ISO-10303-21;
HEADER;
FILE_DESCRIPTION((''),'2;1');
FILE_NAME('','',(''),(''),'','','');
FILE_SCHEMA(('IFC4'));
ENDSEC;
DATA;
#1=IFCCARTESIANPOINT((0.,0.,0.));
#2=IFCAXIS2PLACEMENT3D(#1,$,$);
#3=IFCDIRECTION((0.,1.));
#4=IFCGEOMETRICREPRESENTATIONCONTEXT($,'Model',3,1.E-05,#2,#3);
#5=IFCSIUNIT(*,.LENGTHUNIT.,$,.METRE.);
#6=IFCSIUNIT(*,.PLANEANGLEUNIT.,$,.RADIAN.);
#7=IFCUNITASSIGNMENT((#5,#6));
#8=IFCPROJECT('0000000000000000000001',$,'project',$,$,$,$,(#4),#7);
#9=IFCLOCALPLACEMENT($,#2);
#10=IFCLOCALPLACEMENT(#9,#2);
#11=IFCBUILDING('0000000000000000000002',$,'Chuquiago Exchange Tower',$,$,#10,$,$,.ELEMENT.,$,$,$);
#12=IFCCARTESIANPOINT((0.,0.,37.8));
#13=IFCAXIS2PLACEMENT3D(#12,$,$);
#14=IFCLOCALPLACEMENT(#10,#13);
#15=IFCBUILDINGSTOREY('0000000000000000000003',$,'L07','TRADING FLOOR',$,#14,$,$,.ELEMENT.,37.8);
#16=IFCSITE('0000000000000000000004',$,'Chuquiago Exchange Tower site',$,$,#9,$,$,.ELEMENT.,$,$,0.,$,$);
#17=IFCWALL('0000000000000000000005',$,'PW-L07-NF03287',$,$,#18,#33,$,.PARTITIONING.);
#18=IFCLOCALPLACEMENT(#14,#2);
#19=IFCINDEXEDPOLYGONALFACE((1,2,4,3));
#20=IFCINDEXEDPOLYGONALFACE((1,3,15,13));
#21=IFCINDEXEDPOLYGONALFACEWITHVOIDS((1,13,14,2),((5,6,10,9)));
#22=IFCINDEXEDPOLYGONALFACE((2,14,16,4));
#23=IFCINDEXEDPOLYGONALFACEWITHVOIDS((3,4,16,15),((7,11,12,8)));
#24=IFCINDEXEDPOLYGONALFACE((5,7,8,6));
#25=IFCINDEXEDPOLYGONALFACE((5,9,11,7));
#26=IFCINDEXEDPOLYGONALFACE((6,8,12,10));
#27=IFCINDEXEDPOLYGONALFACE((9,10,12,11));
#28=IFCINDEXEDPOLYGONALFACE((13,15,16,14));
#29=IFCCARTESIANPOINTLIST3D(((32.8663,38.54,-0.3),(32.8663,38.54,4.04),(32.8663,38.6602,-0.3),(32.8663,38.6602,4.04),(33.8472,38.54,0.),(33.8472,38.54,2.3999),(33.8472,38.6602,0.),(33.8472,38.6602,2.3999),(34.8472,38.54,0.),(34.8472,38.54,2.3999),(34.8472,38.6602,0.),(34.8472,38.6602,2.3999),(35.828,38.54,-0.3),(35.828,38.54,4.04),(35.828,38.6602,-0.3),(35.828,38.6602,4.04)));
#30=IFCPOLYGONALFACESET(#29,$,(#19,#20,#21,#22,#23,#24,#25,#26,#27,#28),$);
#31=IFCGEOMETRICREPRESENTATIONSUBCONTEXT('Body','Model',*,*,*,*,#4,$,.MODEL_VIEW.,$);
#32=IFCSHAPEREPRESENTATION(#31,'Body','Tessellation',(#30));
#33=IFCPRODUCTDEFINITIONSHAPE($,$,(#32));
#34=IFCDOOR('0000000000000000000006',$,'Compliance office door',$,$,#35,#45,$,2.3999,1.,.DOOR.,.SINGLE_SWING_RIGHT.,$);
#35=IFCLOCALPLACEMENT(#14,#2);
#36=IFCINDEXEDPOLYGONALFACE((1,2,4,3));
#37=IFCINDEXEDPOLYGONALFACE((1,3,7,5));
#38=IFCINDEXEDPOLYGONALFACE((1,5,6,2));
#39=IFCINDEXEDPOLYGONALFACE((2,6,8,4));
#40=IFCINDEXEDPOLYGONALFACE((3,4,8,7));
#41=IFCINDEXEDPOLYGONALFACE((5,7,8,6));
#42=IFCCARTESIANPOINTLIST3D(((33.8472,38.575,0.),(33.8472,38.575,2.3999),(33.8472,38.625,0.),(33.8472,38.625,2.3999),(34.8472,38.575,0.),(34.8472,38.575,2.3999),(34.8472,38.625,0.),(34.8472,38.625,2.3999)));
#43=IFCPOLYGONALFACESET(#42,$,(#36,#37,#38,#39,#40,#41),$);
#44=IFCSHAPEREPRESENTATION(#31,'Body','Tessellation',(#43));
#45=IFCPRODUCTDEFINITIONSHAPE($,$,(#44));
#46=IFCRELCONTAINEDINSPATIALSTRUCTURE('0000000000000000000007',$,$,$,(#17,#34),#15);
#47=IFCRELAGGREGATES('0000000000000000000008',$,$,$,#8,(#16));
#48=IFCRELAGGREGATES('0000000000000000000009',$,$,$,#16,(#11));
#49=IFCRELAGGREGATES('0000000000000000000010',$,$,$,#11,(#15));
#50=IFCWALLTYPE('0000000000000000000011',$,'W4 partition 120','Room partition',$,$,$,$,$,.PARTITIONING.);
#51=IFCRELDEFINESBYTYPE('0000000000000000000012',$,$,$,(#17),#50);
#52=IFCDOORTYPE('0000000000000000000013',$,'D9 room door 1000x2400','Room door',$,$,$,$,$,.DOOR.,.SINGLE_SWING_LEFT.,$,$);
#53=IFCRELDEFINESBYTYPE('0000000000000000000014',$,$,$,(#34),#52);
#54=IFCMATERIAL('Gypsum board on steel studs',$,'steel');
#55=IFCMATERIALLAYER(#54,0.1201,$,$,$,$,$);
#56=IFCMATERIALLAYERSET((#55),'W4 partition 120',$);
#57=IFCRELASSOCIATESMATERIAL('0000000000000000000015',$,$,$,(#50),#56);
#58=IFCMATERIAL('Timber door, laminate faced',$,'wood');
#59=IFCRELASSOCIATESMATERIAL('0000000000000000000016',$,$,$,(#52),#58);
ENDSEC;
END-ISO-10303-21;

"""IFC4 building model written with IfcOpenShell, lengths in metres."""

from ifc_helpers import new_model, si_unit, direction, frame, frame_2d, origin, place, context, subcontext, project, spatial, rectangle, extrude, material, layer, layer_set, type_object, element, fill, save


model = new_model("IFC4")

# Units and contexts
model_context = context("Model", 3, precision=1e-05, world=origin(), true_north=direction((0.0, 1.0)))
body_context = subcontext(model_context, "Body", "Model", "MODEL_VIEW")
ifc_project = project(units=[si_unit("LENGTHUNIT", "METRE"), si_unit("PLANEANGLEUNIT", "RADIAN")], contexts=[model_context])

# Site, building, storey
site_placement = place(None, origin())
site = spatial("IfcSite", under=ifc_project, at=site_placement, Name="Chuquiago Exchange Tower site", CompositionType="ELEMENT", RefElevation=0.0)
building_placement = place(site_placement, origin())
building = spatial("IfcBuilding", under=site, at=building_placement, Name="Chuquiago Exchange Tower", CompositionType="ELEMENT")
storey_placement = place(building_placement, frame((0.0, 0.0, 37.8)))
storey = spatial("IfcBuildingStorey", under=building, at=storey_placement, Name="L07", Description="TRADING FLOOR", CompositionType="ELEMENT", Elevation=37.8)

# Shared definitions
ifc_material_1 = material(Name="Gypsum board on steel studs", Category="steel")
ifc_layer_1 = layer(ifc_material_1, 0.1201)
ifc_layer_set_1 = layer_set([ifc_layer_1], Name="W4 partition 120")
wall_type_1 = type_object("IfcWallType", Name="W4 partition 120", Description="Room partition", PredefinedType="PARTITIONING", material=ifc_layer_set_1)

# Wall, opening, door
ifc_material_2 = material(Name="Timber door, laminate faced", Category="wood")
door_type = type_object("IfcDoorType", Name="D9 room door 1000x2400", Description="Room door", OperationType="SINGLE_SWING_LEFT", PredefinedType="DOOR", material=ifc_material_2)
wall_1_placement = place(storey_placement, frame((32.8662, 38.6001, -0.3), z_axis=(0.0, 0.0, 1.0), x_axis=(1.0, 0.0, 0.0)))
wall_1 = element("IfcWall", 1, at=wall_1_placement, inside=storey, type_object=wall_type_1, Name="PW-L07-NF03287", PredefinedType="PARTITIONING", context=body_context, shape_type="SweptSolid", body=[
    extrude(rectangle(XDim=2.9617, YDim=0.1201, at=frame_2d((1.481, 0.0))), origin(), (0.0, 0.0, 1.0), 4.3401),
])
opening_1_placement = place(wall_1_placement, frame((0.981, 0.0, 0.3)))
opening_1 = element("IfcOpeningElement", 2, at=opening_1_placement, cuts=wall_1, PredefinedType="OPENING", context=body_context, shape_type="SweptSolid", body=[
    extrude(rectangle(XDim=1.0, YDim=2.3999, at=frame_2d((0.5, 1.2))), frame((0.0, 0.0701, 0.0), z_axis=(0.0, -1.0, 0.0), x_axis=(1.0, 0.0, 0.0)), (0.0, 0.0, 1.0), 0.1401),
])
door_1_placement = place(opening_1_placement, origin())
door_1 = element("IfcDoor", 3, at=door_1_placement, inside=storey, type_object=door_type, Name="Compliance office door", OperationType="SINGLE_SWING_RIGHT", OverallHeight=2.3999, OverallWidth=1.0, PredefinedType="DOOR", context=body_context, shape_type="SweptSolid", body=[
    extrude(rectangle(XDim=1.0, YDim=2.3999, at=frame_2d((0.5, 1.2))), frame((0.0, 0.0249, 0.0), z_axis=(0.0, -1.0, 0.0), x_axis=(1.0, 0.0, 0.0)), (0.0, 0.0, 1.0), 0.05),
])
fill(opening_1, door_1)

save(model, "model.ifc")
